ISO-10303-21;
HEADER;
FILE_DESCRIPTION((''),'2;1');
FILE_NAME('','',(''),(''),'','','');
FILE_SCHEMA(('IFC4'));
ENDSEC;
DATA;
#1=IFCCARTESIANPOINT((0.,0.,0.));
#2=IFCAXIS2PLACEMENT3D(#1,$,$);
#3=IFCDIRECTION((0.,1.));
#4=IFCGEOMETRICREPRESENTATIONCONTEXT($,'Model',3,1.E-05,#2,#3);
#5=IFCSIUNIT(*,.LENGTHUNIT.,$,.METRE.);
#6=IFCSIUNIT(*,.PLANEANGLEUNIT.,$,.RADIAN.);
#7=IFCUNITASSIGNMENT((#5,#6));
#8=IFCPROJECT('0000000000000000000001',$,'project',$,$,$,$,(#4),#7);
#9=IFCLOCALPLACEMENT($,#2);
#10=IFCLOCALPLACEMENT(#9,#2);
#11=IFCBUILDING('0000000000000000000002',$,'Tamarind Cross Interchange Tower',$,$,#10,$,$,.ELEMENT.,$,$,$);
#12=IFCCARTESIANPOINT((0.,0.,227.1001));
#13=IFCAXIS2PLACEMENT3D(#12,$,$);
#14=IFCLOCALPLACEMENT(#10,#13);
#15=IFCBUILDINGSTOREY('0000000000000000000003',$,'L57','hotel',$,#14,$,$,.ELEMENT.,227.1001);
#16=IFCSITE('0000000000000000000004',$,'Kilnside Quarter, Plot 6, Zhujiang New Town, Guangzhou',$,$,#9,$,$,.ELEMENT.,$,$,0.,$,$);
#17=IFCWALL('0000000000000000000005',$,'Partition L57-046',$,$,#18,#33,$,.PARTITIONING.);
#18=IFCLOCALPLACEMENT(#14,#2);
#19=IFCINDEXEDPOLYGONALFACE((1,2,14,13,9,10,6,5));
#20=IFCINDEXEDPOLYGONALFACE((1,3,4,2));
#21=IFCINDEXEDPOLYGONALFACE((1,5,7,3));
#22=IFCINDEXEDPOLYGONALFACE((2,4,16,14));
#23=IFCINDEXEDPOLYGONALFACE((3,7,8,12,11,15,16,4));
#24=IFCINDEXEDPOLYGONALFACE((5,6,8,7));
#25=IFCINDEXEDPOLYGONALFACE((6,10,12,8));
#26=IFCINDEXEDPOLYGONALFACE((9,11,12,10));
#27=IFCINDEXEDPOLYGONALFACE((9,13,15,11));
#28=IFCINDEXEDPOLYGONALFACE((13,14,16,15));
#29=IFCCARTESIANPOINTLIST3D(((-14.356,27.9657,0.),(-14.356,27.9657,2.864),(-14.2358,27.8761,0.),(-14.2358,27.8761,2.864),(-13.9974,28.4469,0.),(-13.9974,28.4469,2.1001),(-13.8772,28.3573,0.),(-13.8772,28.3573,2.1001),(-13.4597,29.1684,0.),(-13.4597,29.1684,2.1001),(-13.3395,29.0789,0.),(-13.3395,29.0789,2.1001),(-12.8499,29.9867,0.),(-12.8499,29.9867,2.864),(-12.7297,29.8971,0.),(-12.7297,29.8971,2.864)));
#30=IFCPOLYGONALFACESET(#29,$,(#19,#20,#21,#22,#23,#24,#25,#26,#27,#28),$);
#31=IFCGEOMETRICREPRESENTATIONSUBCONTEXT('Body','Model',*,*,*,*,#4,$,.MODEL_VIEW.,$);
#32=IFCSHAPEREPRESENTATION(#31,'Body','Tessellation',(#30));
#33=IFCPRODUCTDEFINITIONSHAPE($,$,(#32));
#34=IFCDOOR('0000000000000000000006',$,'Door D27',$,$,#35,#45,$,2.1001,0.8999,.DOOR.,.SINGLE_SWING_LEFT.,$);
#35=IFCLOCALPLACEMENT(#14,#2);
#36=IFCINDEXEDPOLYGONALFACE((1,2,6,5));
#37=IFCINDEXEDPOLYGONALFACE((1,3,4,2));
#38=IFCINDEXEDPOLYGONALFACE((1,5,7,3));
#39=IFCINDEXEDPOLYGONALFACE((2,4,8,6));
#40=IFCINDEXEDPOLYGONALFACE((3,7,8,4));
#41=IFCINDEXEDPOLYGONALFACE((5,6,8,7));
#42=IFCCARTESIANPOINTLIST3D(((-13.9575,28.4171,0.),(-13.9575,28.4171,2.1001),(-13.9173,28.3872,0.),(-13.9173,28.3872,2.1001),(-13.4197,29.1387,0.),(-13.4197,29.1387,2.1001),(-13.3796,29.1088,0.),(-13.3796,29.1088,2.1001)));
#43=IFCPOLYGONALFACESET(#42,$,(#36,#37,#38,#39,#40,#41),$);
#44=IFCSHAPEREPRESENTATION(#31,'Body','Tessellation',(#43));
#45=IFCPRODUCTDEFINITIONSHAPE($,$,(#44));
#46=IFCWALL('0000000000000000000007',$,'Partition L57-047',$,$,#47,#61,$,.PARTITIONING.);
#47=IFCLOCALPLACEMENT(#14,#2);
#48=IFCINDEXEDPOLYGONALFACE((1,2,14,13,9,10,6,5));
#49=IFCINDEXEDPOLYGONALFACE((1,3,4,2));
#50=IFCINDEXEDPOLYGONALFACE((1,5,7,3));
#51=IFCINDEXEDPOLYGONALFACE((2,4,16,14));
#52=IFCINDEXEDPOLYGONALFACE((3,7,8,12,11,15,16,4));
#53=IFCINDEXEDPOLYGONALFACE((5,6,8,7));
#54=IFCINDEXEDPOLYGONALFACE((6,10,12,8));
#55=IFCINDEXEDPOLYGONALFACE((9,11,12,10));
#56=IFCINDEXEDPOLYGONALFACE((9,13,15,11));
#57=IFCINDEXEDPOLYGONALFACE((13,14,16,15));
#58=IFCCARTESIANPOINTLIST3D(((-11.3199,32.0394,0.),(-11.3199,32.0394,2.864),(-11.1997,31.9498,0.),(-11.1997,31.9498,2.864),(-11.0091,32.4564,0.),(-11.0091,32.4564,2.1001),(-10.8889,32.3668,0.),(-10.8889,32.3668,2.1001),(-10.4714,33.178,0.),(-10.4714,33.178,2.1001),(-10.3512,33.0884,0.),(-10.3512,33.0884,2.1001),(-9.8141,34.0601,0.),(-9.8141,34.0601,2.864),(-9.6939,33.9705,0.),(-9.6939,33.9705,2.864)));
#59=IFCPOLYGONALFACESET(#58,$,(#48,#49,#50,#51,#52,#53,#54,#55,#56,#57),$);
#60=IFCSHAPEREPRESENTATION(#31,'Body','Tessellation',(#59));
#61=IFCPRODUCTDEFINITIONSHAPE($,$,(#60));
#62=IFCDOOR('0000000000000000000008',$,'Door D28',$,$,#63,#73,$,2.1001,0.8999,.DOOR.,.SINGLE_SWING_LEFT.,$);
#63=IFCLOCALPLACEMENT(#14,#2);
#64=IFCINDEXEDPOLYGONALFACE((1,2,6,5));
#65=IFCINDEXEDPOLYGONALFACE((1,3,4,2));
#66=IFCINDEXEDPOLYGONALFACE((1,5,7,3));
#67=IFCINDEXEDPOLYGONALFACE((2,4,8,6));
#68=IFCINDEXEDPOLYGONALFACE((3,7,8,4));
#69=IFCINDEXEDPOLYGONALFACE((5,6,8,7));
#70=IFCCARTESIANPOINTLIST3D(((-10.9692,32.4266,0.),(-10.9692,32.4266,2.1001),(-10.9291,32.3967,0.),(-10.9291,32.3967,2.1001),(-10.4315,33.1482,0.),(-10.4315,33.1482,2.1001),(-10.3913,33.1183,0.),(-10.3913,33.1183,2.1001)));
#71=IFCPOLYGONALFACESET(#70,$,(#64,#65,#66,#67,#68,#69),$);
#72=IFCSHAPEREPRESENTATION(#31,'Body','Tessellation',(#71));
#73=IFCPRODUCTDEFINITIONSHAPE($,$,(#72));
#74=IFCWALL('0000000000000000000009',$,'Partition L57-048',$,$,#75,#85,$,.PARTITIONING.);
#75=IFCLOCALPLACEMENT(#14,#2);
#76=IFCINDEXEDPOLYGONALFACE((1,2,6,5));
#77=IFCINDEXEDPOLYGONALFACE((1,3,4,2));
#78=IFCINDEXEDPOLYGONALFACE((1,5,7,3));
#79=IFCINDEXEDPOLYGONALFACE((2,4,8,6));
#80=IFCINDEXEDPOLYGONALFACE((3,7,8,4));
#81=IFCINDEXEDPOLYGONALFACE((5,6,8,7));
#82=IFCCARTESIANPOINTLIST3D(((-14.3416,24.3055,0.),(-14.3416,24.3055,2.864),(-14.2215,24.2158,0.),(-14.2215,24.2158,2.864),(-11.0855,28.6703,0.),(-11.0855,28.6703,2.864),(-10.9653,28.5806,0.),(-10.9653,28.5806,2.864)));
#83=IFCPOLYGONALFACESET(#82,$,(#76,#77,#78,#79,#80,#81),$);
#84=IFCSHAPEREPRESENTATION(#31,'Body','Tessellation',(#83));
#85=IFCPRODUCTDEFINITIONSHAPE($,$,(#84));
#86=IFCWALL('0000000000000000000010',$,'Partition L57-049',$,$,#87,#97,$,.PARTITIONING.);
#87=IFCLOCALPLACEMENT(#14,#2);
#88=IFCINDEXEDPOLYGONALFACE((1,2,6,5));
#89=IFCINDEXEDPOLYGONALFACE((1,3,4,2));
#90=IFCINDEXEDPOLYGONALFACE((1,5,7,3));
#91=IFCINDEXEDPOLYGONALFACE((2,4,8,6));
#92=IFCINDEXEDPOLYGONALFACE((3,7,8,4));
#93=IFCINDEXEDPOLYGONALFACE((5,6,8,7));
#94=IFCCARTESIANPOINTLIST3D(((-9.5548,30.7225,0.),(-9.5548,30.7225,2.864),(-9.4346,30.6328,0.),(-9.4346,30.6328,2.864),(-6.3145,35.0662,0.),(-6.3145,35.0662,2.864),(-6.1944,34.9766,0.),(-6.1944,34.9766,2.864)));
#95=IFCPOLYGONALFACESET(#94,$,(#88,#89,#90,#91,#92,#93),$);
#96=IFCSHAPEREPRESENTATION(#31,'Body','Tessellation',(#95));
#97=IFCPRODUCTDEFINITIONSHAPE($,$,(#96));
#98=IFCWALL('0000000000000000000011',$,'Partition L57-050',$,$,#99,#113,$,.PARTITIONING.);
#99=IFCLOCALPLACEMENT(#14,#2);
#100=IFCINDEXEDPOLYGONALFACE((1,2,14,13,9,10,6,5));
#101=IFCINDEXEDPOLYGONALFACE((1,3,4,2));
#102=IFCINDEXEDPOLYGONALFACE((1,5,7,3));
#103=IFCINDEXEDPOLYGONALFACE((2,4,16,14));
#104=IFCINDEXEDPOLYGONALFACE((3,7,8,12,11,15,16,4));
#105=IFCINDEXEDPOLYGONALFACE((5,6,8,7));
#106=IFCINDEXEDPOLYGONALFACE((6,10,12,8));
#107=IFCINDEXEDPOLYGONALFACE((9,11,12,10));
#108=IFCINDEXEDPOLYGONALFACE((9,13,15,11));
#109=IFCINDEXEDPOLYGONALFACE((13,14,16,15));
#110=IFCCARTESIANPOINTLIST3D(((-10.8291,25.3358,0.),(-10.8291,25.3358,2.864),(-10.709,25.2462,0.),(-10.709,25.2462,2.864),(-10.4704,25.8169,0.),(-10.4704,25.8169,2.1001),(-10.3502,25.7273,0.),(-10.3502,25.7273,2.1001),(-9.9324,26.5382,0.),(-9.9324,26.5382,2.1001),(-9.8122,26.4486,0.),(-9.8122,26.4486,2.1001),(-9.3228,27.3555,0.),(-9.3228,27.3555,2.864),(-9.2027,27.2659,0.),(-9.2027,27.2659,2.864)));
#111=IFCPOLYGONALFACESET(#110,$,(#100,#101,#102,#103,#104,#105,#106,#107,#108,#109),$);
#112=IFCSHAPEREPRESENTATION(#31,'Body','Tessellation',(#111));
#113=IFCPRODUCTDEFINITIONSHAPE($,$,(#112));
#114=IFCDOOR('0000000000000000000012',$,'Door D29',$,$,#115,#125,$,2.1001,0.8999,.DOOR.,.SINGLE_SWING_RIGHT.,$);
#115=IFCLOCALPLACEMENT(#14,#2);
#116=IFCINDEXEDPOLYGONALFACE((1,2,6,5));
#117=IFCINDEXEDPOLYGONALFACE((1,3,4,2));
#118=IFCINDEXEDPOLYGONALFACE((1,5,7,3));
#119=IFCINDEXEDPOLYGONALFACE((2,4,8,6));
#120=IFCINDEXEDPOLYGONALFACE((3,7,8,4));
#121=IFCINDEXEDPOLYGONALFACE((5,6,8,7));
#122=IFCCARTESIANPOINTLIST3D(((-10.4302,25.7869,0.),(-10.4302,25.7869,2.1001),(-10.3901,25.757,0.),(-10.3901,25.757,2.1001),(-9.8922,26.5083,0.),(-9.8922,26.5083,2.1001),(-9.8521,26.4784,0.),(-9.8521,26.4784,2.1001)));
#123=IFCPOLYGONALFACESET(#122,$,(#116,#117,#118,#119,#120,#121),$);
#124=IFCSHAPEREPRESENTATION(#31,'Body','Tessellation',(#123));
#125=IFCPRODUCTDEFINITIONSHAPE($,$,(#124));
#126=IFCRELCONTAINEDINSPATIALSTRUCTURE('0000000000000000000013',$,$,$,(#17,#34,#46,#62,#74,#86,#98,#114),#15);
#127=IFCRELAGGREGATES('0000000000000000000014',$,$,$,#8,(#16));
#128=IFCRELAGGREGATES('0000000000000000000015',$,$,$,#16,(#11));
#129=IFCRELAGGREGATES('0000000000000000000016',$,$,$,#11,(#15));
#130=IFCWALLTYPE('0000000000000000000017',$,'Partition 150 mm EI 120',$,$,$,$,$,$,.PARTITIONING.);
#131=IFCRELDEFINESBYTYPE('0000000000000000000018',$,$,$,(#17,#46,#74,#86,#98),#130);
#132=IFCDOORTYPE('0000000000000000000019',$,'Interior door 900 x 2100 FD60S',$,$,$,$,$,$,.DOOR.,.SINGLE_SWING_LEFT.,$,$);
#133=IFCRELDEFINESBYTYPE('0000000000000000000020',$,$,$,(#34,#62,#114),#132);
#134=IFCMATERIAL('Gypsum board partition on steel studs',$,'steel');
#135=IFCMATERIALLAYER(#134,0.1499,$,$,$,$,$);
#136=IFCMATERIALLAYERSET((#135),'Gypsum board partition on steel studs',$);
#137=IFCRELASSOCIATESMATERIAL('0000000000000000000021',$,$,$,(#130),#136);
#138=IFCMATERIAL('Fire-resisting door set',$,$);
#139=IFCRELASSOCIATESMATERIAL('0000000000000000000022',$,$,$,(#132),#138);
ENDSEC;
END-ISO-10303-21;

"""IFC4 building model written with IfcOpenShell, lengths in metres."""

from ifc_helpers import new_model, si_unit, direction, frame, frame_2d, origin, place, context, subcontext, project, spatial, rectangle, extrude, material, layer, layer_set, type_object, element, fill, save


model = new_model("IFC4")

# Units and contexts
model_context = context("Model", 3, precision=1e-05, world=origin(), true_north=direction((0.0, 1.0)))
body_context = subcontext(model_context, "Body", "Model", "MODEL_VIEW")
ifc_project = project(units=[si_unit("LENGTHUNIT", "METRE"), si_unit("PLANEANGLEUNIT", "RADIAN")], contexts=[model_context])

# Site, building, storey
site_placement = place(None, origin())
site = spatial("IfcSite", under=ifc_project, at=site_placement, Name="Kilnside Quarter, Plot 6, Zhujiang New Town, Guangzhou", CompositionType="ELEMENT", RefElevation=0.0)
building_placement = place(site_placement, origin())
building = spatial("IfcBuilding", under=site, at=building_placement, Name="Tamarind Cross Interchange Tower", CompositionType="ELEMENT")
storey_placement = place(building_placement, frame((0.0, 0.0, 227.1001)))
storey = spatial("IfcBuildingStorey", under=building, at=storey_placement, Name="L57", Description="hotel", CompositionType="ELEMENT", Elevation=227.1001)

# Shared definitions
ifc_material_1 = material(Name="Gypsum board partition on steel studs", Category="steel")
ifc_layer_1 = layer(ifc_material_1, 0.1499)
ifc_layer_set_1 = layer_set([ifc_layer_1], Name="Gypsum board partition on steel studs")
wall_type = type_object("IfcWallType", Name="Partition 150 mm EI 120", PredefinedType="PARTITIONING", material=ifc_layer_set_1)
ifc_material_2 = material(Name="Fire-resisting door set")
door_type = type_object("IfcDoorType", Name="Interior door 900 x 2100 FD60S", OperationType="SINGLE_SWING_LEFT", PredefinedType="DOOR", material=ifc_material_2)

# Walls, openings, doors
wall_1_placement = place(storey_placement, frame((-14.2959, 27.9209, 0.0), z_axis=(0.0, 0.0, 1.0), x_axis=(0.597548, 0.801833, 0.0)))
wall_1 = element("IfcWall", 1, at=wall_1_placement, inside=storey, type_object=wall_type, Name="Partition L57-046", PredefinedType="PARTITIONING", context=body_context, shape_type="SweptSolid", body=[
    extrude(rectangle(XDim=2.5205, YDim=0.1499, at=frame_2d((1.2603, 0.0))), origin(), (0.0, 0.0, 1.0), 2.864),
])
opening_1_placement = place(wall_1_placement, frame((0.6001, 0.0, 0.0)))
opening_1 = element("IfcOpeningElement", 2, at=opening_1_placement, cuts=wall_1, PredefinedType="OPENING", context=body_context, shape_type="SweptSolid", body=[
    extrude(rectangle(XDim=0.8999, YDim=2.1001, at=frame_2d((0.45, 1.05))), frame((0.0, 0.085, 0.0), z_axis=(0.0, -1.0, 0.0), x_axis=(1.0, 0.0, 0.0)), (0.0, 0.0, 1.0), 0.1699),
])
door_1_placement = place(opening_1_placement, frame((0.8999, 0.0, 0.0), z_axis=(0.0, 0.0, 1.0), x_axis=(-1.0, 0.0, 0.0)))
door_1 = element("IfcDoor", 3, at=door_1_placement, inside=storey, type_object=door_type, Name="Door D27", OperationType="SINGLE_SWING_LEFT", OverallHeight=2.1001, OverallWidth=0.8999, PredefinedType="DOOR", context=body_context, shape_type="SweptSolid", body=[
    extrude(rectangle(XDim=0.8999, YDim=2.1001, at=frame_2d((0.45, 1.05))), frame((0.0, 0.0249, 0.0), z_axis=(0.0, -1.0, 0.0), x_axis=(1.0, 0.0, 0.0)), (0.0, 0.0, 1.0), 0.05),
])
fill(opening_1, door_1)
wall_2_placement = place(storey_placement, frame((-11.2598, 31.9946, 0.0), z_axis=(0.0, 0.0, 1.0), x_axis=(0.597533, 0.801845, 0.0)))
wall_2 = element("IfcWall", 4, at=wall_2_placement, inside=storey, type_object=wall_type, Name="Partition L57-047", PredefinedType="PARTITIONING", context=body_context, shape_type="SweptSolid", body=[
    extrude(rectangle(XDim=2.52, YDim=0.1499, at=frame_2d((1.26, 0.0))), origin(), (0.0, 0.0, 1.0), 2.864),
])
opening_2_placement = place(wall_2_placement, frame((0.52, 0.0, 0.0)))
opening_2 = element("IfcOpeningElement", 5, at=opening_2_placement, cuts=wall_2, PredefinedType="OPENING", context=body_context, shape_type="SweptSolid", body=[
    extrude(rectangle(XDim=0.8999, YDim=2.1001, at=frame_2d((0.45, 1.05))), frame((0.0, 0.085, 0.0), z_axis=(0.0, -1.0, 0.0), x_axis=(1.0, 0.0, 0.0)), (0.0, 0.0, 1.0), 0.1699),
])
door_2_placement = place(opening_2_placement, frame((0.8999, 0.0, 0.0), z_axis=(0.0, 0.0, 1.0), x_axis=(-1.0, 0.0, 0.0)))
door_2 = element("IfcDoor", 6, at=door_2_placement, inside=storey, type_object=door_type, Name="Door D28", OperationType="SINGLE_SWING_LEFT", OverallHeight=2.1001, OverallWidth=0.8999, PredefinedType="DOOR", context=body_context, shape_type="SweptSolid", body=[
    extrude(rectangle(XDim=0.8999, YDim=2.1001, at=frame_2d((0.45, 1.05))), frame((0.0, 0.0249, 0.0), z_axis=(0.0, -1.0, 0.0), x_axis=(1.0, 0.0, 0.0)), (0.0, 0.0, 1.0), 0.05),
])
fill(opening_2, door_2)

# Walls
wall_3_placement = place(storey_placement, frame((-14.2815, 24.2607, 0.0), z_axis=(0.0, 0.0, 1.0), x_axis=(0.597946, 0.801536, 0.0)))
element("IfcWall", 7, at=wall_3_placement, inside=storey, type_object=wall_type, Name="Partition L57-048", PredefinedType="PARTITIONING", context=body_context, shape_type="SweptSolid", body=[
    extrude(rectangle(XDim=5.4456, YDim=0.1499, at=frame_2d((2.7227, 0.0))), origin(), (0.0, 0.0, 1.0), 2.864),
])
wall_4_placement = place(storey_placement, frame((-9.4946, 30.6777, 0.0), z_axis=(0.0, 0.0, 1.0), x_axis=(0.597922, 0.801554, 0.0)))
element("IfcWall", 8, at=wall_4_placement, inside=storey, type_object=wall_type, Name="Partition L57-049", PredefinedType="PARTITIONING", context=body_context, shape_type="SweptSolid", body=[
    extrude(rectangle(XDim=5.4192, YDim=0.1499, at=frame_2d((2.7095, 0.0))), origin(), (0.0, 0.0, 1.0), 2.864),
])

# Wall, opening, door
wall_5_placement = place(storey_placement, frame((-10.769, 25.291, 0.0), z_axis=(0.0, 0.0, 1.0), x_axis=(0.597843, 0.801613, 0.0)))
wall_5 = element("IfcWall", 9, at=wall_5_placement, inside=storey, type_object=wall_type, Name="Partition L57-050", PredefinedType="PARTITIONING", context=body_context, shape_type="SweptSolid", body=[
    extrude(rectangle(XDim=2.5195, YDim=0.1499, at=frame_2d((1.2598, 0.0))), origin(), (0.0, 0.0, 1.0), 2.864),
])
opening_3_placement = place(wall_5_placement, frame((0.6001, 0.0, 0.0)))
opening_3 = element("IfcOpeningElement", 10, at=opening_3_placement, cuts=wall_5, PredefinedType="OPENING", context=body_context, shape_type="SweptSolid", body=[
    extrude(rectangle(XDim=0.8999, YDim=2.1001, at=frame_2d((0.45, 1.05))), frame((0.0, 0.085, 0.0), z_axis=(0.0, -1.0, 0.0), x_axis=(1.0, 0.0, 0.0)), (0.0, 0.0, 1.0), 0.1699),
])
door_3_placement = place(opening_3_placement, origin())
door_3 = element("IfcDoor", 11, at=door_3_placement, inside=storey, type_object=door_type, Name="Door D29", OperationType="SINGLE_SWING_RIGHT", OverallHeight=2.1001, OverallWidth=0.8999, PredefinedType="DOOR", context=body_context, shape_type="SweptSolid", body=[
    extrude(rectangle(XDim=0.8999, YDim=2.1001, at=frame_2d((0.45, 1.05))), frame((0.0, 0.0249, 0.0), z_axis=(0.0, -1.0, 0.0), x_axis=(1.0, 0.0, 0.0)), (0.0, 0.0, 1.0), 0.05),
])
fill(opening_3, door_3)

save(model, "model.ifc")
